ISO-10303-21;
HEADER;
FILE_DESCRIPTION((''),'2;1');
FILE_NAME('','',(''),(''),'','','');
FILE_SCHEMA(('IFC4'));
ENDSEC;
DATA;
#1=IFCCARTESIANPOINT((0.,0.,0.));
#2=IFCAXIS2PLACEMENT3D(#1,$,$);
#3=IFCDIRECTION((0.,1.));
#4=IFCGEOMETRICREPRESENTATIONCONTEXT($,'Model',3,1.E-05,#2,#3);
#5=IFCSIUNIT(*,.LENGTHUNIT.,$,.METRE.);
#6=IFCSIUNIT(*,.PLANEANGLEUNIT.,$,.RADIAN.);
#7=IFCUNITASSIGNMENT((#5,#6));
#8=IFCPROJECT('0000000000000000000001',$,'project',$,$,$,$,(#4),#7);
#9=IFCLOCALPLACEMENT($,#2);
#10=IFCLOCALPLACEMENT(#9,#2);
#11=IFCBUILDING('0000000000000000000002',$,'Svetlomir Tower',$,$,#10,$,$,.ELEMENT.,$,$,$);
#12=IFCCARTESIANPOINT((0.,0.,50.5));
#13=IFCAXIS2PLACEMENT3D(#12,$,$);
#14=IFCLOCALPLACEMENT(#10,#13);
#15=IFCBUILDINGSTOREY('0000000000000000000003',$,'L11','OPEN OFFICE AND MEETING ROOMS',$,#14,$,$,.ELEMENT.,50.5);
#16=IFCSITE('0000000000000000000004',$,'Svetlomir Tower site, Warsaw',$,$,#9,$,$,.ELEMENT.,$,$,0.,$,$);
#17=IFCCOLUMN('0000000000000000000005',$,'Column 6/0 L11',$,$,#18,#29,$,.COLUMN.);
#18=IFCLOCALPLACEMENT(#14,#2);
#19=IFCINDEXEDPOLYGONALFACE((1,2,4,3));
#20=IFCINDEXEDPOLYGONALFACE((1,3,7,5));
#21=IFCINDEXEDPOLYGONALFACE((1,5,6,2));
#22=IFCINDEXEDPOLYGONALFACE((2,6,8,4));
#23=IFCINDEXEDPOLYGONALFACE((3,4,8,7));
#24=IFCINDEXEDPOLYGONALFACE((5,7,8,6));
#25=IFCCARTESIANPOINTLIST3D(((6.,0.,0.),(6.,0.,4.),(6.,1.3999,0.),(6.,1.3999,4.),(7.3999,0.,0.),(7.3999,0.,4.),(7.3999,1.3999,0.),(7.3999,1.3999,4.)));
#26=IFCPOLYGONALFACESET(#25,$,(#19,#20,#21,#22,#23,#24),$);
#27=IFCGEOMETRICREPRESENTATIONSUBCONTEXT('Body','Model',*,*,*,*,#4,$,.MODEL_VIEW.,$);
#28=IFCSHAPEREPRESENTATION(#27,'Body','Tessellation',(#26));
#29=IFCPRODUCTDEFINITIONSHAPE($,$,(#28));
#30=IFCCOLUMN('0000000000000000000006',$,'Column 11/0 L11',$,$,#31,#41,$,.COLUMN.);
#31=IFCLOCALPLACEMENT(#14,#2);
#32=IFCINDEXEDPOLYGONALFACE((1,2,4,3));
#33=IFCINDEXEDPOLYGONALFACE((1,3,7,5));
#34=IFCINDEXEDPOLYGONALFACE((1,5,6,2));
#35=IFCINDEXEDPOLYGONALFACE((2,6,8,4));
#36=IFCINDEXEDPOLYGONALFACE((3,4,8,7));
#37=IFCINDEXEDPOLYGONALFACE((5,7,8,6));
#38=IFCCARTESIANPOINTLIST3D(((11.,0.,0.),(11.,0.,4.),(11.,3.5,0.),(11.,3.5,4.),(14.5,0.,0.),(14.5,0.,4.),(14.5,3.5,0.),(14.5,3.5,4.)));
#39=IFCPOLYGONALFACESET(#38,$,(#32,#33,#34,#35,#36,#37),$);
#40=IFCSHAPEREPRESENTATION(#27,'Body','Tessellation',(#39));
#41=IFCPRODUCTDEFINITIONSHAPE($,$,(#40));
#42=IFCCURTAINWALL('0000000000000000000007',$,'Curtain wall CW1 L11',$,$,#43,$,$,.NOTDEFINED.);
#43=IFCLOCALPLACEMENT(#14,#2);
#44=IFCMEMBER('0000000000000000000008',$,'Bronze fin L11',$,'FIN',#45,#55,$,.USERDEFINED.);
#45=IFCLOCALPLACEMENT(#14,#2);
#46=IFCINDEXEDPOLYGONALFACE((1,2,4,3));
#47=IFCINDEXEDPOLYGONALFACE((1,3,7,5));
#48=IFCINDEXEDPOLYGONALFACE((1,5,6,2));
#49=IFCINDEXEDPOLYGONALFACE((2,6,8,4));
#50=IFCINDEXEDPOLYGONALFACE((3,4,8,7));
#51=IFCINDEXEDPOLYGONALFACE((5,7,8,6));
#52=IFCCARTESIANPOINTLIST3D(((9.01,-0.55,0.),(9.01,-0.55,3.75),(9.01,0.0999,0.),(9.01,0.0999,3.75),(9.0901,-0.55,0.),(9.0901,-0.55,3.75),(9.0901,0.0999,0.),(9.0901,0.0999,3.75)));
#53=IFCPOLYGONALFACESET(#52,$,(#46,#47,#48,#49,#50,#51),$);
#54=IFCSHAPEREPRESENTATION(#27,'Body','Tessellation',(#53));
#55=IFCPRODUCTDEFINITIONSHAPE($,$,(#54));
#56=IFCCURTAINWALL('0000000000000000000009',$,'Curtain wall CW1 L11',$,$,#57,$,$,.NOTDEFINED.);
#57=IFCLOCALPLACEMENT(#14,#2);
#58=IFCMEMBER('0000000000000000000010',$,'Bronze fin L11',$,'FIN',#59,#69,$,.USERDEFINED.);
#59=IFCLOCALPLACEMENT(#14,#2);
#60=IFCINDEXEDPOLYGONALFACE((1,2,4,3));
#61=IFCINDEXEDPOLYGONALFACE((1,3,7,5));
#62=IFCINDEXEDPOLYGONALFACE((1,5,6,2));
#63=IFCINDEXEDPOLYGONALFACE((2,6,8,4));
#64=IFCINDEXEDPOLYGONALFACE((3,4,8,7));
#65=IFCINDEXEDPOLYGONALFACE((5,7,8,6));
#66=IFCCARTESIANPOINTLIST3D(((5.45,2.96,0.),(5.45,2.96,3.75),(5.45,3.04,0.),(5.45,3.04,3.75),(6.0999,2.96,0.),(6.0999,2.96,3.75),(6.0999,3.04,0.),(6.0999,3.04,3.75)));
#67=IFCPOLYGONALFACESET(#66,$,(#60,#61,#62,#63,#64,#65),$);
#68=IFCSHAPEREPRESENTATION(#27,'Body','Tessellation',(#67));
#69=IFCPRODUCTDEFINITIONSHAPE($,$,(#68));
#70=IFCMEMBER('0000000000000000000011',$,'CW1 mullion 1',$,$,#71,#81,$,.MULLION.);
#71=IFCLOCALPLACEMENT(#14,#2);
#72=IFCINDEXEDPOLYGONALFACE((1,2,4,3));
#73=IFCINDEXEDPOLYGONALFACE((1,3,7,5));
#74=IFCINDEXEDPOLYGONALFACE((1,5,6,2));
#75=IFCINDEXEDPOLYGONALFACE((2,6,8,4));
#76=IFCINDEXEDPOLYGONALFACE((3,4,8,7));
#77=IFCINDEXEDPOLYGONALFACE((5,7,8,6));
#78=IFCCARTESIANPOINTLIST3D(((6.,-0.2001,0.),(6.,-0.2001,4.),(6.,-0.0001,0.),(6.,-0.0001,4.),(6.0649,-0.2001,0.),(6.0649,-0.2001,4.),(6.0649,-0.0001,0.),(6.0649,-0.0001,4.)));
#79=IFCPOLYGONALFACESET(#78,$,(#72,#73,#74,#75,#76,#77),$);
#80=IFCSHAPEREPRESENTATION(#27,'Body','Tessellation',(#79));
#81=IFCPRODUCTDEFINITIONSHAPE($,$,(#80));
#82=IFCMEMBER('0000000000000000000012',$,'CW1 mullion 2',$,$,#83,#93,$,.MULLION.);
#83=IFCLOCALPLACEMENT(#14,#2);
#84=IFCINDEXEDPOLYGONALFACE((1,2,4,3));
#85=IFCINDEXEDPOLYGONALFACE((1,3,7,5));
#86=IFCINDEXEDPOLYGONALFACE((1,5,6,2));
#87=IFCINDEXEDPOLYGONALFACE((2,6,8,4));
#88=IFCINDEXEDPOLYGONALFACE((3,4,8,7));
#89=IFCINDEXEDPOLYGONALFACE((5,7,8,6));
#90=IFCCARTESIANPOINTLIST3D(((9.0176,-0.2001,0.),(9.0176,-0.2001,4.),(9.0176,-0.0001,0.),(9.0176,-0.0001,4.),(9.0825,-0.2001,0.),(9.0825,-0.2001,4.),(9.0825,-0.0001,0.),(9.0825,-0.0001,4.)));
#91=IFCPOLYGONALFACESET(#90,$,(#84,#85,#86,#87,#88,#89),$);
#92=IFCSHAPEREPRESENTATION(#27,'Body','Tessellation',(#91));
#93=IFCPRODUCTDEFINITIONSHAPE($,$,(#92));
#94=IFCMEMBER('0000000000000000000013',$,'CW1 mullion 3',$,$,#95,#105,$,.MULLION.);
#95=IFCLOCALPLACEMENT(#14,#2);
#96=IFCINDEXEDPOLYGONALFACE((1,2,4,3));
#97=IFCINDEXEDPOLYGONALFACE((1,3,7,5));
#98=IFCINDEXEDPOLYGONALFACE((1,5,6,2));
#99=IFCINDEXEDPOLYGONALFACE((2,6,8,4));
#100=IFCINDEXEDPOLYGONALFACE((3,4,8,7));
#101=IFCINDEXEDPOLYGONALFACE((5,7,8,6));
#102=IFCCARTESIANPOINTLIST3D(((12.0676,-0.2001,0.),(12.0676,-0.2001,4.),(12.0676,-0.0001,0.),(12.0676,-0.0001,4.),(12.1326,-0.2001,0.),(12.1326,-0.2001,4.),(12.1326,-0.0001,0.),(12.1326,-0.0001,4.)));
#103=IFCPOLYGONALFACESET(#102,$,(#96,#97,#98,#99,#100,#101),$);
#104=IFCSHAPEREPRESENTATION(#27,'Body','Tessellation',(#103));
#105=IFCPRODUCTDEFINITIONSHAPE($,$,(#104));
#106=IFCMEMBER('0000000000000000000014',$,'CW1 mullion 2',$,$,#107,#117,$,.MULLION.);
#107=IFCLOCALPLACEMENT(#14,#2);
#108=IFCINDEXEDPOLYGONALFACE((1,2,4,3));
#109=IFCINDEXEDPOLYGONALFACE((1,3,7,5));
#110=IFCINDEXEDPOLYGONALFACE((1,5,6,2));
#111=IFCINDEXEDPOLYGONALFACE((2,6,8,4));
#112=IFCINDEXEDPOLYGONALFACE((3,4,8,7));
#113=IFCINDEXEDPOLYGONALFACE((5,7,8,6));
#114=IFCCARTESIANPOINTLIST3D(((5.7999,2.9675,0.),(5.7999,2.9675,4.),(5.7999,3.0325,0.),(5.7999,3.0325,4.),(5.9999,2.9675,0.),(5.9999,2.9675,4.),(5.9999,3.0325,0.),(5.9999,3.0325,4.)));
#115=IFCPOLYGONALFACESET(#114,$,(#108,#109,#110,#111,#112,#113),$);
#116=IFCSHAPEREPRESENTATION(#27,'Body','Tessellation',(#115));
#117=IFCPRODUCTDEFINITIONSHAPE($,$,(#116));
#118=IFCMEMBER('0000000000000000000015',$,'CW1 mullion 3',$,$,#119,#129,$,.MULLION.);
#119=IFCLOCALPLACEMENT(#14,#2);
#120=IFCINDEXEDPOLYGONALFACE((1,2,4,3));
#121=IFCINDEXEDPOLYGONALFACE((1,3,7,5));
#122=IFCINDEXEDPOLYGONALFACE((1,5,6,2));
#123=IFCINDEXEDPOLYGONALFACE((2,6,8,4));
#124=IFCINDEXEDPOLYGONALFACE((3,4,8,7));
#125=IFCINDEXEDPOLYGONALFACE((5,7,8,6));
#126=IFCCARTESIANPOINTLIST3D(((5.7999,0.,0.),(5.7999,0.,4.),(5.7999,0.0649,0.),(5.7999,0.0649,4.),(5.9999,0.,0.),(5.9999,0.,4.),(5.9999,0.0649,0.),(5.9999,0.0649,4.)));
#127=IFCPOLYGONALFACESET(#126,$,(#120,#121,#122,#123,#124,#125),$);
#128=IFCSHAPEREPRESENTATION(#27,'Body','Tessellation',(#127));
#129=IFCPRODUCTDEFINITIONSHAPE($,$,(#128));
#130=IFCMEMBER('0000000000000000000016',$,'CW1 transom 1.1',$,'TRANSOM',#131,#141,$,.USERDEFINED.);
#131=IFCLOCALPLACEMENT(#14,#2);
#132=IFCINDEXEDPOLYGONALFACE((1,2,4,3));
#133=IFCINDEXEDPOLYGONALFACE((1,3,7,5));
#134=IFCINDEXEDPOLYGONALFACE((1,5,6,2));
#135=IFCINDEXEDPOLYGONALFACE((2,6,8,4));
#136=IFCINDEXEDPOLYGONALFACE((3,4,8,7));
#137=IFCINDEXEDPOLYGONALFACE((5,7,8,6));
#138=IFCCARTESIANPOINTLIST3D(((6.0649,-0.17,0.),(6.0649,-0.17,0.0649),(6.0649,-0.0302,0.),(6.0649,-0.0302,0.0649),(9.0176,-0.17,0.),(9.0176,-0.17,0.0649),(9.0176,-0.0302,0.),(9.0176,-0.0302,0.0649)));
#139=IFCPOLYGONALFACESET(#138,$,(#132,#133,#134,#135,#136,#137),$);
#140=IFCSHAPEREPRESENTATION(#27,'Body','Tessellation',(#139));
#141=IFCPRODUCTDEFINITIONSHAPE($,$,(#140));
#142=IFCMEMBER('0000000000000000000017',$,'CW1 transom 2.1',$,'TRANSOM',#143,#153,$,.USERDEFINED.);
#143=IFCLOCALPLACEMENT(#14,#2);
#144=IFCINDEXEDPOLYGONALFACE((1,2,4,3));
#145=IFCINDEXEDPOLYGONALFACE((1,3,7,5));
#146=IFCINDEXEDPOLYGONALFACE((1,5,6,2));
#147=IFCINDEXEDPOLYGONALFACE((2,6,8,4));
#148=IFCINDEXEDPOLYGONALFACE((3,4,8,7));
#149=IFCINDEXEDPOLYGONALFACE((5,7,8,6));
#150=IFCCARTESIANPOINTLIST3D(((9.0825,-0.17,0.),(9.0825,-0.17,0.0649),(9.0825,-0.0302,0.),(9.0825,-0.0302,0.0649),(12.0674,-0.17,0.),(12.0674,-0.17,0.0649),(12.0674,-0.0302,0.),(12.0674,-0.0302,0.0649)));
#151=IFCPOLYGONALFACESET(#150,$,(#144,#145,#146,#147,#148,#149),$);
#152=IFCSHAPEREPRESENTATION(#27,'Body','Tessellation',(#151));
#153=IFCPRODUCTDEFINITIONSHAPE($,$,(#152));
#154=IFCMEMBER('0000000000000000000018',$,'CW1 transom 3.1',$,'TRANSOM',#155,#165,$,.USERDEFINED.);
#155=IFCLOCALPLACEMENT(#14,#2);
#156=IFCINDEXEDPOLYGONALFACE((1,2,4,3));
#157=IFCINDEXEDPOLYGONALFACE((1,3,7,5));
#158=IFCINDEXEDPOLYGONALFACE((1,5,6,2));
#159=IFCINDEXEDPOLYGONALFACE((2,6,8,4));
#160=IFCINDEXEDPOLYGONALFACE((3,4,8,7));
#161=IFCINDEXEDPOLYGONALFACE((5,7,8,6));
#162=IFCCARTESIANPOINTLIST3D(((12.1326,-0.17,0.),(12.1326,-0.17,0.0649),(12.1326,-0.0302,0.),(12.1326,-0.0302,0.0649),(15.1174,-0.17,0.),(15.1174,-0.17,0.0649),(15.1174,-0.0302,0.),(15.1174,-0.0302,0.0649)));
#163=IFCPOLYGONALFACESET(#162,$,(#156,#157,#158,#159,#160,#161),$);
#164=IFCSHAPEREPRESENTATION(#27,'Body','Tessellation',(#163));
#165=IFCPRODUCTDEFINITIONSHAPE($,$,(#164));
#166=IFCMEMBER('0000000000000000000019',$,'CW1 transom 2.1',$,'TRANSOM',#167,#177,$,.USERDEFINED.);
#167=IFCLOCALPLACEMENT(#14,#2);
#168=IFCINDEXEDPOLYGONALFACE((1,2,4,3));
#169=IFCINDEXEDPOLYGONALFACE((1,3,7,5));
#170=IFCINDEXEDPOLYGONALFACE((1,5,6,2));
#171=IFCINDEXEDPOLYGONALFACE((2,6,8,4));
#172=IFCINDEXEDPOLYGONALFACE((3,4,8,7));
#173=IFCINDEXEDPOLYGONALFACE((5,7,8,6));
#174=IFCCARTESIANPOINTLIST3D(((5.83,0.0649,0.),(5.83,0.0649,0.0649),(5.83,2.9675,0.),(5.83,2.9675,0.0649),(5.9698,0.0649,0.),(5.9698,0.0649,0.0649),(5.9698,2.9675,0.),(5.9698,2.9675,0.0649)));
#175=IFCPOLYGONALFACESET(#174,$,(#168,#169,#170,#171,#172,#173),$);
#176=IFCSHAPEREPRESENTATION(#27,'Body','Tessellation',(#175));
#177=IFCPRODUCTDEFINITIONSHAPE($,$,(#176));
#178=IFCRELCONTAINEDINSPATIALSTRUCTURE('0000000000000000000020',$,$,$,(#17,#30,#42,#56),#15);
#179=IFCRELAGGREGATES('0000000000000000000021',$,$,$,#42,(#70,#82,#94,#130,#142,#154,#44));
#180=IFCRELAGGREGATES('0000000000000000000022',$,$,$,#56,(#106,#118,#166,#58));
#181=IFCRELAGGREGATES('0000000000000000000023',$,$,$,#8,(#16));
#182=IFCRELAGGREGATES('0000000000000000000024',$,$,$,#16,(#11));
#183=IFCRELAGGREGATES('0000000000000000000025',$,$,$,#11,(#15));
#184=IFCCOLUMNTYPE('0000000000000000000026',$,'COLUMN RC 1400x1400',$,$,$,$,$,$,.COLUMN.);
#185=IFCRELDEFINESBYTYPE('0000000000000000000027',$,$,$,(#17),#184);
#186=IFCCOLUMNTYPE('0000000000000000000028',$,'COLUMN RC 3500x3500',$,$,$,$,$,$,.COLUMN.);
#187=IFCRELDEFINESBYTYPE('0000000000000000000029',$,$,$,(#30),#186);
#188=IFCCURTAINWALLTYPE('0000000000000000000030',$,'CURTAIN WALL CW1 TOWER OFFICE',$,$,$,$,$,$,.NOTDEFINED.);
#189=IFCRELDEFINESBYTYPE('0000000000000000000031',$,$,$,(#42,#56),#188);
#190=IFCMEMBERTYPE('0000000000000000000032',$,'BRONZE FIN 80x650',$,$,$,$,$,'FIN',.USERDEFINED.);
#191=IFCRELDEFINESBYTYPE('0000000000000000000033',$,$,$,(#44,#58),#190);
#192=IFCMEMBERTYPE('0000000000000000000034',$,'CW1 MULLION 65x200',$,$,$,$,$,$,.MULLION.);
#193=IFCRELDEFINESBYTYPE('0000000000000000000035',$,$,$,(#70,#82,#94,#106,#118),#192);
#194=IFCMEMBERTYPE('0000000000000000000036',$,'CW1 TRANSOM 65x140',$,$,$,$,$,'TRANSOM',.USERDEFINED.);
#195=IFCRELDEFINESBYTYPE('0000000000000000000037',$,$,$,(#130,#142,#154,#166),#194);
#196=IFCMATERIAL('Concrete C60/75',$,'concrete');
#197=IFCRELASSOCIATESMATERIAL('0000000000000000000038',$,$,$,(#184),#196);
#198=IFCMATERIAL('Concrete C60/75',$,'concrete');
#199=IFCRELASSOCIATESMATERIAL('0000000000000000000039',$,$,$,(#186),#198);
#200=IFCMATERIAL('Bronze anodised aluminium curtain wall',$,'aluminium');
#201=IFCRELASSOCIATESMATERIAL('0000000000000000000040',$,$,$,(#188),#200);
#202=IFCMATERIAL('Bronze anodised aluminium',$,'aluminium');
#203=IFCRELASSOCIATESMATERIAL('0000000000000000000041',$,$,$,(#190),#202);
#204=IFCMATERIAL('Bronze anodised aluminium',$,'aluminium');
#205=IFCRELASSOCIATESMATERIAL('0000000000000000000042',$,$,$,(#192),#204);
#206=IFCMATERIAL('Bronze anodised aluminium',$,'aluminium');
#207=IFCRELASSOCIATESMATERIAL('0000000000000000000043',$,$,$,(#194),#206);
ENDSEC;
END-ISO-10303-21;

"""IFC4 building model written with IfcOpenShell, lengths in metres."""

from ifc_helpers import new_model, si_unit, direction, frame, origin, origin_2d, place, context, subcontext, project, spatial, rectangle, extrude, material, material_profile, profile_set, type_object, element, aggregate, save


model = new_model("IFC4")

# Units and contexts
model_context = context("Model", 3, precision=1e-05, world=origin(), true_north=direction((0.0, 1.0)))
body_context = subcontext(model_context, "Body", "Model", "MODEL_VIEW")
ifc_project = project(units=[si_unit("LENGTHUNIT", "METRE"), si_unit("PLANEANGLEUNIT", "RADIAN")], contexts=[model_context])

# Site, building, storey
site_placement = place(None, origin())
site = spatial("IfcSite", under=ifc_project, at=site_placement, Name="Svetlomir Tower site, Warsaw", CompositionType="ELEMENT", RefElevation=0.0)
building_placement = place(site_placement, origin())
building = spatial("IfcBuilding", under=site, at=building_placement, Name="Svetlomir Tower", CompositionType="ELEMENT")
storey_placement = place(building_placement, frame((0.0, 0.0, 50.5)))
storey = spatial("IfcBuildingStorey", under=building, at=storey_placement, Name="L11", Description="OPEN OFFICE AND MEETING ROOMS", CompositionType="ELEMENT", Elevation=50.5)

# Columns
ifc_material_1 = material(Name="Concrete C60/75", Category="concrete")
ifc_material_profile_1 = material_profile(ifc_material_1, rectangle(XDim=1.3999, YDim=1.3999, at=origin_2d()), Name="RC 1400x1400")
ifc_profile_set_1 = profile_set([ifc_material_profile_1], Name="Concrete C60/75")
column_type_1 = type_object("IfcColumnType", Name="COLUMN RC 1400x1400", PredefinedType="COLUMN", material=ifc_profile_set_1)
column_1_placement = place(storey_placement, frame((6.7, 0.7, 0.0), z_axis=(0.0, 0.0, 1.0), x_axis=(1.0, 0.0, 0.0)))
element("IfcColumn", 1, at=column_1_placement, inside=storey, type_object=column_type_1, Name="Column 6/0 L11", PredefinedType="COLUMN", context=body_context, shape_type="SweptSolid", body=[
    extrude(rectangle(XDim=1.3999, YDim=1.3999, at=origin_2d()), origin(), (0.0, 0.0, 1.0), 4.0),
])
ifc_material_2 = material(Name="Concrete C60/75", Category="concrete")
ifc_material_profile_2 = material_profile(ifc_material_2, rectangle(XDim=3.5, YDim=3.5, at=origin_2d()), Name="RC 3500x3500")
ifc_profile_set_2 = profile_set([ifc_material_profile_2], Name="Concrete C60/75")
column_type_2 = type_object("IfcColumnType", Name="COLUMN RC 3500x3500", PredefinedType="COLUMN", material=ifc_profile_set_2)
column_2_placement = place(storey_placement, frame((12.75, 1.75, 0.0), z_axis=(0.0, 0.0, 1.0), x_axis=(1.0, 0.0, 0.0)))
element("IfcColumn", 2, at=column_2_placement, inside=storey, type_object=column_type_2, Name="Column 11/0 L11", PredefinedType="COLUMN", context=body_context, shape_type="SweptSolid", body=[
    extrude(rectangle(XDim=3.5, YDim=3.5, at=origin_2d()), origin(), (0.0, 0.0, 1.0), 4.0),
])

# Curtain walls, members
ifc_material_3 = material(Name="Bronze anodised aluminium curtain wall", Category="aluminium")
curtain_wall_type = type_object("IfcCurtainWallType", Name="CURTAIN WALL CW1 TOWER OFFICE", PredefinedType="NOTDEFINED", material=ifc_material_3)
curtain_wall_1_placement = place(storey_placement, origin())
curtain_wall_1 = element("IfcCurtainWall", 3, at=curtain_wall_1_placement, inside=storey, type_object=curtain_wall_type, Name="Curtain wall CW1 L11", PredefinedType="NOTDEFINED")
ifc_material_4 = material(Name="Bronze anodised aluminium", Category="aluminium")
ifc_material_profile_3 = material_profile(ifc_material_4, rectangle(XDim=0.0801, YDim=0.6499, at=origin_2d()), Name="FIN 80x650")
ifc_profile_set_3 = profile_set([ifc_material_profile_3], Name="Bronze anodised aluminium 6063-T6")
member_type_1 = type_object("IfcMemberType", Name="BRONZE FIN 80x650", ElementType="FIN", PredefinedType="USERDEFINED", material=ifc_profile_set_3)
member_1_placement = place(storey_placement, frame((9.05, -0.2251, 0.0), z_axis=(0.0, 0.0, 1.0), x_axis=(1.0, 0.0, 0.0)))
member_1 = element("IfcMember", 4, at=member_1_placement, type_object=member_type_1, Name="Bronze fin L11", ObjectType="FIN", PredefinedType="USERDEFINED", context=body_context, shape_type="SweptSolid", body=[
    extrude(rectangle(XDim=0.0801, YDim=0.6499, at=origin_2d()), origin(), (0.0, 0.0, 1.0), 3.75),
])
curtain_wall_2_placement = place(storey_placement, origin())
curtain_wall_2 = element("IfcCurtainWall", 5, at=curtain_wall_2_placement, inside=storey, type_object=curtain_wall_type, Name="Curtain wall CW1 L11", PredefinedType="NOTDEFINED")
member_2_placement = place(storey_placement, frame((5.7749, 3.0, 0.0), z_axis=(0.0, 0.0, 1.0), x_axis=(0.0, 1.0, 0.0)))
member_2 = element("IfcMember", 6, at=member_2_placement, type_object=member_type_1, Name="Bronze fin L11", ObjectType="FIN", PredefinedType="USERDEFINED", context=body_context, shape_type="SweptSolid", body=[
    extrude(rectangle(XDim=0.0801, YDim=0.6499, at=origin_2d()), origin(), (0.0, 0.0, 1.0), 3.75),
])

# Members
ifc_material_5 = material(Name="Bronze anodised aluminium", Category="aluminium")
ifc_material_profile_4 = material_profile(ifc_material_5, rectangle(XDim=0.0649, YDim=0.2, at=origin_2d()), Name="AL 65x200")
ifc_profile_set_4 = profile_set([ifc_material_profile_4], Name="Bronze anodised aluminium 6063-T6")
member_type_2 = type_object("IfcMemberType", Name="CW1 MULLION 65x200", PredefinedType="MULLION", material=ifc_profile_set_4)
member_3_placement = place(storey_placement, frame((6.0325, -0.1001, 0.0), z_axis=(0.0, 0.0, 1.0), x_axis=(1.0, 0.0, 0.0)))
member_3 = element("IfcMember", 7, at=member_3_placement, type_object=member_type_2, Name="CW1 mullion 1", PredefinedType="MULLION", context=body_context, shape_type="SweptSolid", body=[
    extrude(rectangle(XDim=0.0649, YDim=0.2, at=origin_2d()), origin(), (0.0, 0.0, 1.0), 4.0),
])
member_4_placement = place(storey_placement, frame((9.05, -0.1001, 0.0), z_axis=(0.0, 0.0, 1.0), x_axis=(1.0, 0.0, 0.0)))
member_4 = element("IfcMember", 8, at=member_4_placement, type_object=member_type_2, Name="CW1 mullion 2", PredefinedType="MULLION", context=body_context, shape_type="SweptSolid", body=[
    extrude(rectangle(XDim=0.0649, YDim=0.2, at=origin_2d()), origin(), (0.0, 0.0, 1.0), 4.0),
])
member_5_placement = place(storey_placement, frame((12.1001, -0.1001, 0.0), z_axis=(0.0, 0.0, 1.0), x_axis=(1.0, 0.0, 0.0)))
member_5 = element("IfcMember", 9, at=member_5_placement, type_object=member_type_2, Name="CW1 mullion 3", PredefinedType="MULLION", context=body_context, shape_type="SweptSolid", body=[
    extrude(rectangle(XDim=0.0649, YDim=0.2, at=origin_2d()), origin(), (0.0, 0.0, 1.0), 4.0),
])
member_6_placement = place(storey_placement, frame((5.8999, 3.0, 0.0), z_axis=(0.0, 0.0, 1.0), x_axis=(0.0, -1.0, 0.0)))
member_6 = element("IfcMember", 10, at=member_6_placement, type_object=member_type_2, Name="CW1 mullion 2", PredefinedType="MULLION", context=body_context, shape_type="SweptSolid", body=[
    extrude(rectangle(XDim=0.0649, YDim=0.2, at=origin_2d()), origin(), (0.0, 0.0, 1.0), 4.0),
])
member_7_placement = place(storey_placement, frame((5.8999, 0.0325, 0.0), z_axis=(0.0, 0.0, 1.0), x_axis=(0.0, -1.0, 0.0)))
member_7 = element("IfcMember", 11, at=member_7_placement, type_object=member_type_2, Name="CW1 mullion 3", PredefinedType="MULLION", context=body_context, shape_type="SweptSolid", body=[
    extrude(rectangle(XDim=0.0649, YDim=0.2, at=origin_2d()), origin(), (0.0, 0.0, 1.0), 4.0),
])
ifc_material_6 = material(Name="Bronze anodised aluminium", Category="aluminium")
ifc_material_profile_5 = material_profile(ifc_material_6, rectangle(XDim=0.1399, YDim=0.0649, at=origin_2d()), Name="AL 140x65")
ifc_profile_set_5 = profile_set([ifc_material_profile_5], Name="Bronze anodised aluminium 6063-T6")
member_type_3 = type_object("IfcMemberType", Name="CW1 TRANSOM 65x140", ElementType="TRANSOM", PredefinedType="USERDEFINED", material=ifc_profile_set_5)
member_8_placement = place(storey_placement, frame((6.0649, -0.1001, 0.0325), z_axis=(1.0, 0.0, 0.0), x_axis=(0.0, 1.0, 0.0)))
member_8 = element("IfcMember", 12, at=member_8_placement, type_object=member_type_3, Name="CW1 transom 1.1", ObjectType="TRANSOM", PredefinedType="USERDEFINED", context=body_context, shape_type="SweptSolid", body=[
    extrude(rectangle(XDim=0.1399, YDim=0.0649, at=origin_2d()), origin(), (0.0, 0.0, 1.0), 2.9526),
])
member_9_placement = place(storey_placement, frame((9.0825, -0.1001, 0.0325), z_axis=(1.0, 0.0, 0.0), x_axis=(0.0, 1.0, 0.0)))
member_9 = element("IfcMember", 13, at=member_9_placement, type_object=member_type_3, Name="CW1 transom 2.1", ObjectType="TRANSOM", PredefinedType="USERDEFINED", context=body_context, shape_type="SweptSolid", body=[
    extrude(rectangle(XDim=0.1399, YDim=0.0649, at=origin_2d()), origin(), (0.0, 0.0, 1.0), 2.9849),
])
member_10_placement = place(storey_placement, frame((12.1326, -0.1001, 0.0325), z_axis=(1.0, 0.0, 0.0), x_axis=(0.0, 1.0, 0.0)))
member_10 = element("IfcMember", 14, at=member_10_placement, type_object=member_type_3, Name="CW1 transom 3.1", ObjectType="TRANSOM", PredefinedType="USERDEFINED", context=body_context, shape_type="SweptSolid", body=[
    extrude(rectangle(XDim=0.1399, YDim=0.0649, at=origin_2d()), origin(), (0.0, 0.0, 1.0), 2.9849),
])
member_11_placement = place(storey_placement, frame((5.8999, 2.9675, 0.0325), z_axis=(0.0, -1.0, 0.0), x_axis=(1.0, 0.0, 0.0)))
member_11 = element("IfcMember", 15, at=member_11_placement, type_object=member_type_3, Name="CW1 transom 2.1", ObjectType="TRANSOM", PredefinedType="USERDEFINED", context=body_context, shape_type="SweptSolid", body=[
    extrude(rectangle(XDim=0.1399, YDim=0.0649, at=origin_2d()), origin(), (0.0, 0.0, 1.0), 2.9026),
])

aggregate(curtain_wall_1, [member_3, member_4, member_5, member_8, member_9, member_10, member_1])
aggregate(curtain_wall_2, [member_6, member_7, member_11, member_2])

save(model, "model.ifc")
